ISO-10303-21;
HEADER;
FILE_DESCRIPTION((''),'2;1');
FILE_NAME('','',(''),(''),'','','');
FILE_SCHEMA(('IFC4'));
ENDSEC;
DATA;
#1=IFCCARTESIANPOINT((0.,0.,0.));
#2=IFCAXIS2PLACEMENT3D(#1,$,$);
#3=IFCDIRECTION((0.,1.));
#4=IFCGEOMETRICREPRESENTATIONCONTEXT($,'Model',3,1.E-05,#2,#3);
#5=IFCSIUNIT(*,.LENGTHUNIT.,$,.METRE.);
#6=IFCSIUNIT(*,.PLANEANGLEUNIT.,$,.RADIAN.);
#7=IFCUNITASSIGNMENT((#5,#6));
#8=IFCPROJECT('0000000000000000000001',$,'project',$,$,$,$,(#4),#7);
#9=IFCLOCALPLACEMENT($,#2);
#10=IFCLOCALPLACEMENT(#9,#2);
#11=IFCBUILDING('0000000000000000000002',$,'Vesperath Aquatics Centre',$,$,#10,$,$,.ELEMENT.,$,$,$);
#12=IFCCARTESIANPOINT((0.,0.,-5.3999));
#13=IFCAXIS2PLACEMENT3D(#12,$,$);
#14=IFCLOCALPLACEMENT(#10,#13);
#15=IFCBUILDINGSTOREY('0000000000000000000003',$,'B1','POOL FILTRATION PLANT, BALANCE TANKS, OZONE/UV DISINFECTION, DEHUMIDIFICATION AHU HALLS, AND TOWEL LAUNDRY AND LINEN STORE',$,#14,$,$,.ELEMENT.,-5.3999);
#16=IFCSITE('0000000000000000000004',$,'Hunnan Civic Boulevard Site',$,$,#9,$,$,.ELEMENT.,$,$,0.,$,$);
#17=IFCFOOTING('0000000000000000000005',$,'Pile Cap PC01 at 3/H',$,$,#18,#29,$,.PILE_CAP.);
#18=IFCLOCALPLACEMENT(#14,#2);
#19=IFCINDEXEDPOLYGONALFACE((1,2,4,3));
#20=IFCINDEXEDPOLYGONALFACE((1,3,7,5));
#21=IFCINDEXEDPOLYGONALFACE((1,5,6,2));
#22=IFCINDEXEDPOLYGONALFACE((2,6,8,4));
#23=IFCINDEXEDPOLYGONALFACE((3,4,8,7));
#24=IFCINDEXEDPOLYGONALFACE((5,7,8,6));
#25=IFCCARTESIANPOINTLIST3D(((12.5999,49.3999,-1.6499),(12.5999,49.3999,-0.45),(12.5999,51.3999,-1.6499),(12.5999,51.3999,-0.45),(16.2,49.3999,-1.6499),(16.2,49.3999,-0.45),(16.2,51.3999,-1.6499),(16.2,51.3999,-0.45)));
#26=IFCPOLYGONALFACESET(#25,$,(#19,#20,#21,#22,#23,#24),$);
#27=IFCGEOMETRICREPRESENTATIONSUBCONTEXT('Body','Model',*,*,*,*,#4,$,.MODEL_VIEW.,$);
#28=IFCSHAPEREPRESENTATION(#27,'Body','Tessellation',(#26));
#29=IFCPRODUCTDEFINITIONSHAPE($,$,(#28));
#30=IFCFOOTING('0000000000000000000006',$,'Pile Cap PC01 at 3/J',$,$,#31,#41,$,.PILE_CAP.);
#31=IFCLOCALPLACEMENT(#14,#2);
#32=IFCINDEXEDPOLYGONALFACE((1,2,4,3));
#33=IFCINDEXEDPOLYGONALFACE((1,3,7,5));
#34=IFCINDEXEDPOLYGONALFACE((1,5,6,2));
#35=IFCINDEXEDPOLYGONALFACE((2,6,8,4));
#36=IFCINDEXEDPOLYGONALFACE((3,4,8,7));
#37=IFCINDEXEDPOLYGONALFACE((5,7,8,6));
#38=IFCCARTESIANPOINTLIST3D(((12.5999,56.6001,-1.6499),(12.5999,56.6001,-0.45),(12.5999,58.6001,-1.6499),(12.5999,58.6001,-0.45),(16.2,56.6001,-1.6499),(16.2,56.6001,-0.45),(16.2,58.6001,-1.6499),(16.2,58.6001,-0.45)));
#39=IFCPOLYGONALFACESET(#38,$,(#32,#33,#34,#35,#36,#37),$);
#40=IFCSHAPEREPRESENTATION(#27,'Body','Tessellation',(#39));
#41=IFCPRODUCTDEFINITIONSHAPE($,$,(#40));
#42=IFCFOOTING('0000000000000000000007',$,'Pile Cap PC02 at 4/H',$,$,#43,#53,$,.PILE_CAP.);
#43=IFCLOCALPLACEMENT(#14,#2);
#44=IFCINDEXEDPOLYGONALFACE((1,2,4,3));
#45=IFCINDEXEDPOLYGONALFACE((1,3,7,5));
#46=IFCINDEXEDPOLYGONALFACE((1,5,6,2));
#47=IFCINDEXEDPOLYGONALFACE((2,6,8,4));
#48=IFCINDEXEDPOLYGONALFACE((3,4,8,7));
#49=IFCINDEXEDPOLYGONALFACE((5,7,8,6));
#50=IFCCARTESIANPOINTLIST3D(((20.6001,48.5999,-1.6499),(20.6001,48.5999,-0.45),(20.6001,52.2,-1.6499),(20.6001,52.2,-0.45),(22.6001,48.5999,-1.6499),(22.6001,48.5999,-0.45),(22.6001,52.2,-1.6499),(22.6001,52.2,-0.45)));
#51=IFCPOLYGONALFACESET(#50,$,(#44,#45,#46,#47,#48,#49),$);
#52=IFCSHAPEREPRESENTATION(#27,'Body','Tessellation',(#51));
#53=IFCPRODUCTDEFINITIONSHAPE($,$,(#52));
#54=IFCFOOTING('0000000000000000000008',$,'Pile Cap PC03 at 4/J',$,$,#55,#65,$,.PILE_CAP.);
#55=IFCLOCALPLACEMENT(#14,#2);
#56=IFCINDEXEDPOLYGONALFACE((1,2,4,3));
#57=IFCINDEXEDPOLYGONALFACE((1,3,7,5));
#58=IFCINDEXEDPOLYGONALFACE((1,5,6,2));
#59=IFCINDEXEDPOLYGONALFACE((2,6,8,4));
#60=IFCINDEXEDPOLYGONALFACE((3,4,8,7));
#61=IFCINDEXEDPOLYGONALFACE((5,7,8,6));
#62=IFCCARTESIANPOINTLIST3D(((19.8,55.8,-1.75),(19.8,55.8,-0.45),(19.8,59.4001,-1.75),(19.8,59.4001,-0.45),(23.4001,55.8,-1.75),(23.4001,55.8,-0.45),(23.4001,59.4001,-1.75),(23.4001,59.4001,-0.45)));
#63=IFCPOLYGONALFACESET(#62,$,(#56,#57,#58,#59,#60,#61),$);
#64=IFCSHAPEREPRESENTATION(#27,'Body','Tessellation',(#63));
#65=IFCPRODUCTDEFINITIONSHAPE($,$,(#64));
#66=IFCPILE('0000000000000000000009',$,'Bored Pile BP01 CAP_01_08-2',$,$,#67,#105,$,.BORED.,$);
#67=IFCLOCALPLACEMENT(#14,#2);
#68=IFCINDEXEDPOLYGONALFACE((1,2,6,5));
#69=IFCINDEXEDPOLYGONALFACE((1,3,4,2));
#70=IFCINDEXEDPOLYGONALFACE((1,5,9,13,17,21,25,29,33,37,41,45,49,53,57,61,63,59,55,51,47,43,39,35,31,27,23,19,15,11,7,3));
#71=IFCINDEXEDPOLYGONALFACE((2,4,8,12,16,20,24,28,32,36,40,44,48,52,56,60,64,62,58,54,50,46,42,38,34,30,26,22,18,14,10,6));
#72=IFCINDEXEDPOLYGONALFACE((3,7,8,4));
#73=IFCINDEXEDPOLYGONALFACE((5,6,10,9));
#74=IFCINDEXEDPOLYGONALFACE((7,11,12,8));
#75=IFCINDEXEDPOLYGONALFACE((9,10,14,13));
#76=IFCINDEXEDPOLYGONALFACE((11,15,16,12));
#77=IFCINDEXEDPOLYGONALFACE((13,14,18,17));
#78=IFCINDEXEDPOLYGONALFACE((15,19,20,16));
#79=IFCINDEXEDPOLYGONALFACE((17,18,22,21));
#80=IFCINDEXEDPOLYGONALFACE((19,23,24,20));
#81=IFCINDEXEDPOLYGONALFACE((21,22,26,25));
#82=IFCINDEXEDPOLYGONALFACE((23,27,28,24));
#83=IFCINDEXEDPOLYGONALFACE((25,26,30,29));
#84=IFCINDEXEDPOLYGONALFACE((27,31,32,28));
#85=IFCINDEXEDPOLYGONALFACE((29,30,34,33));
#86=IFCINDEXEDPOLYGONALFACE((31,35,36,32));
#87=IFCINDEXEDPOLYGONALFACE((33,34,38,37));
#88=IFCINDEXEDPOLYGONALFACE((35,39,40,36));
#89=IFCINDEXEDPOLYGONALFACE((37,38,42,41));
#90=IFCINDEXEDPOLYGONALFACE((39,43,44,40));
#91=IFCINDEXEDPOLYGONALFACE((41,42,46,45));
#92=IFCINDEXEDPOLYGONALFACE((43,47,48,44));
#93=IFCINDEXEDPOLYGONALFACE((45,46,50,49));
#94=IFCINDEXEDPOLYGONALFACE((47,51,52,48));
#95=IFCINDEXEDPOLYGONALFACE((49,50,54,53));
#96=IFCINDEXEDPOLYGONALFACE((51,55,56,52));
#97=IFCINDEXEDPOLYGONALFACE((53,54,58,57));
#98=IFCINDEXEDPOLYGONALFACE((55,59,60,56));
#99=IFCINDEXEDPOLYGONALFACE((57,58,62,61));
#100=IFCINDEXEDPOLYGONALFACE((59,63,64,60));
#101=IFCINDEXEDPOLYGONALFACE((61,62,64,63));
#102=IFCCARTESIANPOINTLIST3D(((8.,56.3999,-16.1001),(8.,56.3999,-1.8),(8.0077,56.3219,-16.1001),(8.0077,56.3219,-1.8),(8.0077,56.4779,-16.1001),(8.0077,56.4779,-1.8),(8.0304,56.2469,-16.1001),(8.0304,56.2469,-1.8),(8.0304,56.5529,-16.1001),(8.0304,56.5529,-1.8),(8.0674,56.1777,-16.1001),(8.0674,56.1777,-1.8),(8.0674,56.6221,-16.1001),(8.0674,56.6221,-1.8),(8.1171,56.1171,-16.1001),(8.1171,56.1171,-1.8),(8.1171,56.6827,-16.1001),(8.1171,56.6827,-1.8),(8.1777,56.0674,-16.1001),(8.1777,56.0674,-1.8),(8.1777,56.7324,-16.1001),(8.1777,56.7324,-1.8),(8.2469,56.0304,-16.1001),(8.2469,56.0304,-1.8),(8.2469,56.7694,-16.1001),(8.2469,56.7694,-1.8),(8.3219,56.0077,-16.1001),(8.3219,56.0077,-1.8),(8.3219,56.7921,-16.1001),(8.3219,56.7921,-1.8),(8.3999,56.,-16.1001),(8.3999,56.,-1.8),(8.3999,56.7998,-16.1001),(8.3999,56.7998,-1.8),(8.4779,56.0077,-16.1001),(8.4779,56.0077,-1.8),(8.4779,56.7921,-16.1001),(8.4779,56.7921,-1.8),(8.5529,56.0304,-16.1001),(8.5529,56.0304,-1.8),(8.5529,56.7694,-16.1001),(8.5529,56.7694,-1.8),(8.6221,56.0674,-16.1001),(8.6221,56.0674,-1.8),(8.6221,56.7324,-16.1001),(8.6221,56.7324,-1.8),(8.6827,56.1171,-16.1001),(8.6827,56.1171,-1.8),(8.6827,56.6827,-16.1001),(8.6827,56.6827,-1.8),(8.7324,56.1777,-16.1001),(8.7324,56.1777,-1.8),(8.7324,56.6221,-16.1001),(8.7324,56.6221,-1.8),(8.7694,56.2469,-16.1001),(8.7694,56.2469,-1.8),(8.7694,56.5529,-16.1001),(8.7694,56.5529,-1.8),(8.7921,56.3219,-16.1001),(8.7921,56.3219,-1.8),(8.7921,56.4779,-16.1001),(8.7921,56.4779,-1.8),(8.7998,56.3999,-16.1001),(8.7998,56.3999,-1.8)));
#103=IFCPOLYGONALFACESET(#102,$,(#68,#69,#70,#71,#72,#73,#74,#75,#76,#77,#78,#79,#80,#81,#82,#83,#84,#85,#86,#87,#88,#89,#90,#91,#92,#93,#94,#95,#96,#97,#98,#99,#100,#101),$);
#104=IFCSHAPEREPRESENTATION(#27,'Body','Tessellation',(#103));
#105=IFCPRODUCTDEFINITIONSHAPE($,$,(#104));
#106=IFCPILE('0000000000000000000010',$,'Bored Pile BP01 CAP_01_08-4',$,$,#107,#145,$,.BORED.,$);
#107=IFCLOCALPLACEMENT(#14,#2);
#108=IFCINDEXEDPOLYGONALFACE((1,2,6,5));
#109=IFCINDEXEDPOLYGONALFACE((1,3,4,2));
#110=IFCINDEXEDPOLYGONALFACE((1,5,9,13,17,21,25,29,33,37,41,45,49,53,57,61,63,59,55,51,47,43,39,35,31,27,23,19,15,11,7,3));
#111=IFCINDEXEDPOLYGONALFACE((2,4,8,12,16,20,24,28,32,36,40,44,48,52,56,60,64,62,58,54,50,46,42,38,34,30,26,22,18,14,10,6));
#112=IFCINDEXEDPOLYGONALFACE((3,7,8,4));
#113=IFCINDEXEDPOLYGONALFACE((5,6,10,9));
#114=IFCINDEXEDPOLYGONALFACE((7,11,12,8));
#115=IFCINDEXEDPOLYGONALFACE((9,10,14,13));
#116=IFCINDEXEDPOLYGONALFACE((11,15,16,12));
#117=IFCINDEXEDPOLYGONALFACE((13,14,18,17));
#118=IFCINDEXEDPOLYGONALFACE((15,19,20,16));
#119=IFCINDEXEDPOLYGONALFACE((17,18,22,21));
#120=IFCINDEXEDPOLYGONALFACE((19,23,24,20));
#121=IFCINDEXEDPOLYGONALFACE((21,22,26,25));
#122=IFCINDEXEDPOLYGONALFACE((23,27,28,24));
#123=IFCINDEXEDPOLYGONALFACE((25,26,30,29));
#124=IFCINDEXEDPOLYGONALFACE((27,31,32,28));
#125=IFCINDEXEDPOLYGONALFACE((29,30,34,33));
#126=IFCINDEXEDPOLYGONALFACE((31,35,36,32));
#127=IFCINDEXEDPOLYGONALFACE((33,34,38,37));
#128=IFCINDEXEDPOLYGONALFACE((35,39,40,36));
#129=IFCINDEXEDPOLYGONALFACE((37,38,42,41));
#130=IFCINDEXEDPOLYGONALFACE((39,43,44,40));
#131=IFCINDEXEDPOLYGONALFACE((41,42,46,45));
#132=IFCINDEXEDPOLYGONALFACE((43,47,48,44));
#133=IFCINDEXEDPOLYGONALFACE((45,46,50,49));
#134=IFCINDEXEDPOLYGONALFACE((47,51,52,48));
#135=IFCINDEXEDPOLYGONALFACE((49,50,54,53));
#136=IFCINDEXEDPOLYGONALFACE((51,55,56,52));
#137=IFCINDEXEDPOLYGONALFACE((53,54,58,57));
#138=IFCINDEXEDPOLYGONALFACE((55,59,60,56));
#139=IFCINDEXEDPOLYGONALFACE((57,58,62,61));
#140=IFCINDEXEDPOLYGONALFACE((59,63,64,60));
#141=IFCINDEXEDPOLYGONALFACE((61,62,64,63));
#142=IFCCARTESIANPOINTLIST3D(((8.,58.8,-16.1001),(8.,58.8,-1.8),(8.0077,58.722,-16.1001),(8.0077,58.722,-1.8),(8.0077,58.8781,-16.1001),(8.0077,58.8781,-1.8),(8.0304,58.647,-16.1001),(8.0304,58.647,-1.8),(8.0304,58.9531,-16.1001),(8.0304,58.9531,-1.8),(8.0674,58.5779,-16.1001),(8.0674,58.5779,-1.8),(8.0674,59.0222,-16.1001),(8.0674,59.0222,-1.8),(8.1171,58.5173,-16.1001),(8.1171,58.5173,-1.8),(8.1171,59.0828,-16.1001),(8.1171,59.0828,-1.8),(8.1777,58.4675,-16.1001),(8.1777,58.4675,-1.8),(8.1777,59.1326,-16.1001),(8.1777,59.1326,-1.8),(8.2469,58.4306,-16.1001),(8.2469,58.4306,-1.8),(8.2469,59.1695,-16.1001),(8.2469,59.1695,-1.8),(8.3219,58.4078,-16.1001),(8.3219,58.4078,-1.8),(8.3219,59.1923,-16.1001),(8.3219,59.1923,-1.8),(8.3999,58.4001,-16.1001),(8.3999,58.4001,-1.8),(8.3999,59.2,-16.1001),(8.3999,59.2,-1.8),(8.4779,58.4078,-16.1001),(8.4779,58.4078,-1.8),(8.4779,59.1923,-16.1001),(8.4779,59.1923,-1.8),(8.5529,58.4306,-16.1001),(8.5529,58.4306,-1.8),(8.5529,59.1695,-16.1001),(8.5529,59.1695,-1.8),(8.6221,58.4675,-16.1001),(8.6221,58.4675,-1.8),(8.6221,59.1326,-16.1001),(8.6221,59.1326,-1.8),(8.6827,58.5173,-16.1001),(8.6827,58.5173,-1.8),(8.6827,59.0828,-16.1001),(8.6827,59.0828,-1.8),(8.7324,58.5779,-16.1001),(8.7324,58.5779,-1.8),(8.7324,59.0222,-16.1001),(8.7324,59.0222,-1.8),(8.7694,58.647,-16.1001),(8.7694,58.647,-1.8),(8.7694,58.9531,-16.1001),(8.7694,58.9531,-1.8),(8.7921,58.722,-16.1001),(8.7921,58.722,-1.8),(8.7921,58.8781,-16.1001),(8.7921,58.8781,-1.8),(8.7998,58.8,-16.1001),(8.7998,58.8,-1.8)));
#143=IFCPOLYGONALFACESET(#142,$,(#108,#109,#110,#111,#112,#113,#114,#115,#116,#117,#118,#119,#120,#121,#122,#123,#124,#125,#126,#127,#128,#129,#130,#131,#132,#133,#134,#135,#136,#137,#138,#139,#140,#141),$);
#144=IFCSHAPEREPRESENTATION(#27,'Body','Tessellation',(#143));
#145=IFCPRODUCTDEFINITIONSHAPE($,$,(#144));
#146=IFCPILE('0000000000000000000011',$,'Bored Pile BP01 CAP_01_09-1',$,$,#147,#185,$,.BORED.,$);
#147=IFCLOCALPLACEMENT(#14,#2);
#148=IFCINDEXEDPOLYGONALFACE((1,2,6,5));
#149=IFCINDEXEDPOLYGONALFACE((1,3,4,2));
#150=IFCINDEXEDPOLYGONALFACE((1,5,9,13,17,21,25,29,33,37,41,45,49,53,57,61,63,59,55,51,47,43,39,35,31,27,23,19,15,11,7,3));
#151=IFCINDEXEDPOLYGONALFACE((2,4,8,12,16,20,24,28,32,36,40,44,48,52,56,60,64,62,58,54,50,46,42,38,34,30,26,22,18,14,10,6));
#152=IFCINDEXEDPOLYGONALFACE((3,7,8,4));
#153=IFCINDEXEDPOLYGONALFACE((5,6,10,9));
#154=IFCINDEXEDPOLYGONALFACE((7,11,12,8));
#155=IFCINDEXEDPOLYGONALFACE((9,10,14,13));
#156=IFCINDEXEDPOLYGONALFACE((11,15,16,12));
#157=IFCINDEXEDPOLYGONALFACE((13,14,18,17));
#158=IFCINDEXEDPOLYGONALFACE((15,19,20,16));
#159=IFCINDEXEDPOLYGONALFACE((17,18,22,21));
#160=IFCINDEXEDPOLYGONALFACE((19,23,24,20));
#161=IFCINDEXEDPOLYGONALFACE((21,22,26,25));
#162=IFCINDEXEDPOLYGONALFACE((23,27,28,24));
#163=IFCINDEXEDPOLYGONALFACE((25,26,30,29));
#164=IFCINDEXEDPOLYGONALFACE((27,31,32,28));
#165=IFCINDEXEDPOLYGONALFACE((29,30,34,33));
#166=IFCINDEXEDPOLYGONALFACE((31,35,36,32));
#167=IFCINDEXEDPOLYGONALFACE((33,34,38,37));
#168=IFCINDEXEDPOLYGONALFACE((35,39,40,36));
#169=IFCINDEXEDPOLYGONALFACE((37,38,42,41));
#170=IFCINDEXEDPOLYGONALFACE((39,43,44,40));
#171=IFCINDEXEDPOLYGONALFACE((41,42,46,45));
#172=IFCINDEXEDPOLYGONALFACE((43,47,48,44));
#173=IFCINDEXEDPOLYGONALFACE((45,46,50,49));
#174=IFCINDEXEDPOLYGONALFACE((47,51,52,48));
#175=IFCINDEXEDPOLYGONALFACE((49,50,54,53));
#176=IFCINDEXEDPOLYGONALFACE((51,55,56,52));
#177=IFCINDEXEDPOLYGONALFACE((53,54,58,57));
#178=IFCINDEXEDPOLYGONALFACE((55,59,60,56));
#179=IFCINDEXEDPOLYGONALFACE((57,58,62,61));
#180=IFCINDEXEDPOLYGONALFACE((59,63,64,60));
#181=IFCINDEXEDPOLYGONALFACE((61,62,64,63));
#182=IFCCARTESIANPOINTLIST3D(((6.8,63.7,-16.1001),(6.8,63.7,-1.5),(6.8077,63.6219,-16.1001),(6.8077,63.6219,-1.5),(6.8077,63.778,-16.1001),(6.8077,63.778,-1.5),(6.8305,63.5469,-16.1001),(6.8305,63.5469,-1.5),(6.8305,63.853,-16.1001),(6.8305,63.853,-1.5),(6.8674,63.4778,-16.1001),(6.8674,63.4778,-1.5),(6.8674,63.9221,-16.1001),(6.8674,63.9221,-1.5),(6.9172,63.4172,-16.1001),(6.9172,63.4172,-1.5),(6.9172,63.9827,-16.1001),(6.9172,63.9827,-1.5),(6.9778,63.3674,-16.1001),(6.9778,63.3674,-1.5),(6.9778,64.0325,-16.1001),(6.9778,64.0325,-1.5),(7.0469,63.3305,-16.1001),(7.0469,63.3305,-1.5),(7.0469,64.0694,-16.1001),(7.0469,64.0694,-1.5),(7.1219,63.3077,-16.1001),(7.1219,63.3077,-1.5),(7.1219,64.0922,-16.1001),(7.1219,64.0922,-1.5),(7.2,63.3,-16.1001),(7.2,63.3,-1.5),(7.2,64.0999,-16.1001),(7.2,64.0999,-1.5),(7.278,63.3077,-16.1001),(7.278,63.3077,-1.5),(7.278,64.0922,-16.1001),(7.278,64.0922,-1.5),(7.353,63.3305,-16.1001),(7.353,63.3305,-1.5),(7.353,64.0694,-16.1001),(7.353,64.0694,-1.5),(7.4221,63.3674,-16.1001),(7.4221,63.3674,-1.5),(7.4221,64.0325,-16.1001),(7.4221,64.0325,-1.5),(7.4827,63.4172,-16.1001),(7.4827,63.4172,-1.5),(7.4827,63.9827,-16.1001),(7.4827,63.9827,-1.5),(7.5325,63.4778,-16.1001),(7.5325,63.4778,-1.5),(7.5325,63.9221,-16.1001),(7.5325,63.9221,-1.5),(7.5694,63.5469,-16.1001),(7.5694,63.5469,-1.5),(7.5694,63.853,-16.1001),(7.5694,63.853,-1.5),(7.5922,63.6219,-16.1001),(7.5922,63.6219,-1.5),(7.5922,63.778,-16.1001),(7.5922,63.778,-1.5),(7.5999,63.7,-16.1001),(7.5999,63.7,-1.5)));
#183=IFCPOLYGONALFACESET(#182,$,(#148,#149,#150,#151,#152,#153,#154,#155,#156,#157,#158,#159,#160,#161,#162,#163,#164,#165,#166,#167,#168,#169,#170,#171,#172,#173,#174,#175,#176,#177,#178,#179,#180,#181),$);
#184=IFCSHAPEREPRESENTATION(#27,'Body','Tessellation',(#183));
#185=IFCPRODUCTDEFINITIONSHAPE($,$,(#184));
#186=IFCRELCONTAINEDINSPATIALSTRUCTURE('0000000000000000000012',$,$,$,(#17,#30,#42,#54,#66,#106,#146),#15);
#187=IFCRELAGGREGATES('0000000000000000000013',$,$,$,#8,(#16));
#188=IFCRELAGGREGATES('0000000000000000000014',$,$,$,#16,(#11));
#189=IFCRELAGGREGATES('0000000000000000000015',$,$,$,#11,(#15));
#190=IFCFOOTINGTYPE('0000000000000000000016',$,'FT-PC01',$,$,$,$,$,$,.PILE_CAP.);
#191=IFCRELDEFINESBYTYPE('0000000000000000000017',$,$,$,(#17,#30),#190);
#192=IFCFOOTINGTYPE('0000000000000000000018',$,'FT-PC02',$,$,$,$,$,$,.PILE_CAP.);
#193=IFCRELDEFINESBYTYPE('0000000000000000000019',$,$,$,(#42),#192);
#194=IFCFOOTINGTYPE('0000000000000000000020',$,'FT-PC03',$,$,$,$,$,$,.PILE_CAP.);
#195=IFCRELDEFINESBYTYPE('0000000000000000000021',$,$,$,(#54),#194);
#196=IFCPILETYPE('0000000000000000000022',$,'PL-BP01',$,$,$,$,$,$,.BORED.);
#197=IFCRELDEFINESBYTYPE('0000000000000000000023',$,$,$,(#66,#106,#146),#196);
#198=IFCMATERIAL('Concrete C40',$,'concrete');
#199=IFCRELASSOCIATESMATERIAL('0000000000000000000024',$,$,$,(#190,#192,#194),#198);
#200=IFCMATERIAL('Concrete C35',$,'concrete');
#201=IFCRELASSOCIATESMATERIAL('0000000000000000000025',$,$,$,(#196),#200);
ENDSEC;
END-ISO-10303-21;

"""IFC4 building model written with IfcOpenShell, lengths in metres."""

from ifc_helpers import new_model, si_unit, direction, frame, origin, origin_2d, place, context, subcontext, project, spatial, rectangle, circle, extrude, material, material_profile, profile_set, type_object, element, save


model = new_model("IFC4")

# Units and contexts
model_context = context("Model", 3, precision=1e-05, world=origin(), true_north=direction((0.0, 1.0)))
body_context = subcontext(model_context, "Body", "Model", "MODEL_VIEW")
ifc_project = project(units=[si_unit("LENGTHUNIT", "METRE"), si_unit("PLANEANGLEUNIT", "RADIAN")], contexts=[model_context])

# Site, building, storey
site_placement = place(None, origin())
site = spatial("IfcSite", under=ifc_project, at=site_placement, Name="Hunnan Civic Boulevard Site", CompositionType="ELEMENT", RefElevation=0.0)
building_placement = place(site_placement, origin())
building = spatial("IfcBuilding", under=site, at=building_placement, Name="Vesperath Aquatics Centre", CompositionType="ELEMENT")
storey_placement = place(building_placement, frame((0.0, 0.0, -5.3999)))
storey = spatial("IfcBuildingStorey", under=building, at=storey_placement, Name="B1", Description="POOL FILTRATION PLANT, BALANCE TANKS, OZONE/UV DISINFECTION, DEHUMIDIFICATION AHU HALLS, AND TOWEL LAUNDRY AND LINEN STORE", CompositionType="ELEMENT", Elevation=-5.3999)

# Footings
ifc_material_1 = material(Name="Concrete C40", Category="concrete")
footing_type_1 = type_object("IfcFootingType", Name="FT-PC01", PredefinedType="PILE_CAP", material=ifc_material_1)
for number, where, z_axis, x_axis, name in (
    (1, (14.3999, 50.3999, -1.6499), (0.0, 0.0, 1.0), (1.0, 0.0, 0.0), "Pile Cap PC01 at 3/H"),
    (2, (14.3999, 57.6001, -1.6499), (0.0, 0.0, 1.0), (1.0, 0.0, 0.0), "Pile Cap PC01 at 3/J"),
):
    element("IfcFooting", number, at=place(storey_placement, frame(where, z_axis=z_axis, x_axis=x_axis)), inside=storey, type_object=footing_type_1, Name=name, PredefinedType="PILE_CAP", context=body_context, shape_type="SweptSolid", body=[
        extrude(rectangle(XDim=3.6001, YDim=2.0, at=origin_2d()), origin(), (0.0, 0.0, 1.0), 1.2),
    ])
footing_type_2 = type_object("IfcFootingType", Name="FT-PC02", PredefinedType="PILE_CAP", material=ifc_material_1)
footing_1_placement = place(storey_placement, frame((21.6001, 50.3999, -1.6499), z_axis=(0.0, 0.0, 1.0), x_axis=(1.0, 0.0, 0.0)))
element("IfcFooting", 3, at=footing_1_placement, inside=storey, type_object=footing_type_2, Name="Pile Cap PC02 at 4/H", PredefinedType="PILE_CAP", context=body_context, shape_type="SweptSolid", body=[
    extrude(rectangle(XDim=2.0, YDim=3.6001, at=origin_2d()), origin(), (0.0, 0.0, 1.0), 1.2),
])
footing_type_3 = type_object("IfcFootingType", Name="FT-PC03", PredefinedType="PILE_CAP", material=ifc_material_1)
footing_2_placement = place(storey_placement, frame((21.6001, 57.6001, -1.75), z_axis=(0.0, 0.0, 1.0), x_axis=(1.0, 0.0, 0.0)))
element("IfcFooting", 4, at=footing_2_placement, inside=storey, type_object=footing_type_3, Name="Pile Cap PC03 at 4/J", PredefinedType="PILE_CAP", context=body_context, shape_type="SweptSolid", body=[
    extrude(rectangle(XDim=3.6001, YDim=3.6001, at=origin_2d()), origin(), (0.0, 0.0, 1.0), 1.3),
])

# Piles
ifc_material_2 = material(Name="Concrete C35", Category="concrete")
ifc_material_profile_1 = material_profile(ifc_material_2, circle(Radius=0.3999, at=origin_2d()), Name="PILE D800")
ifc_profile_set_1 = profile_set([ifc_material_profile_1], Name="Concrete C35")
pile_type = type_object("IfcPileType", Name="PL-BP01", PredefinedType="BORED", material=ifc_profile_set_1)
for number, where, z_axis, x_axis, name in (
    (5, (8.3999, 56.3999, -1.8), (0.0, 0.0, -1.0), (1.0, 0.0, 0.0), "Bored Pile BP01 CAP_01_08-2"),
    (6, (8.3999, 58.8, -1.8), (0.0, 0.0, -1.0), (1.0, 0.0, 0.0), "Bored Pile BP01 CAP_01_08-4"),
):
    element("IfcPile", number, at=place(storey_placement, frame(where, z_axis=z_axis, x_axis=x_axis)), inside=storey, type_object=pile_type, Name=name, PredefinedType="BORED", context=body_context, shape_type="SweptSolid", body=[
        extrude(circle(Radius=0.3999, at=origin_2d()), origin(), (0.0, 0.0, 1.0), 14.3),
    ])
for number, where, z_axis, x_axis, name in (
    (7, (7.2, 63.7, -1.5), (0.0, 0.0, -1.0), (1.0, 0.0, 0.0), "Bored Pile BP01 CAP_01_09-1"),
):
    element("IfcPile", number, at=place(storey_placement, frame(where, z_axis=z_axis, x_axis=x_axis)), inside=storey, type_object=pile_type, Name=name, PredefinedType="BORED", context=body_context, shape_type="SweptSolid", body=[
        extrude(circle(Radius=0.3999, at=origin_2d()), origin(), (0.0, 0.0, 1.0), 14.6001),
    ])

save(model, "model.ifc")
